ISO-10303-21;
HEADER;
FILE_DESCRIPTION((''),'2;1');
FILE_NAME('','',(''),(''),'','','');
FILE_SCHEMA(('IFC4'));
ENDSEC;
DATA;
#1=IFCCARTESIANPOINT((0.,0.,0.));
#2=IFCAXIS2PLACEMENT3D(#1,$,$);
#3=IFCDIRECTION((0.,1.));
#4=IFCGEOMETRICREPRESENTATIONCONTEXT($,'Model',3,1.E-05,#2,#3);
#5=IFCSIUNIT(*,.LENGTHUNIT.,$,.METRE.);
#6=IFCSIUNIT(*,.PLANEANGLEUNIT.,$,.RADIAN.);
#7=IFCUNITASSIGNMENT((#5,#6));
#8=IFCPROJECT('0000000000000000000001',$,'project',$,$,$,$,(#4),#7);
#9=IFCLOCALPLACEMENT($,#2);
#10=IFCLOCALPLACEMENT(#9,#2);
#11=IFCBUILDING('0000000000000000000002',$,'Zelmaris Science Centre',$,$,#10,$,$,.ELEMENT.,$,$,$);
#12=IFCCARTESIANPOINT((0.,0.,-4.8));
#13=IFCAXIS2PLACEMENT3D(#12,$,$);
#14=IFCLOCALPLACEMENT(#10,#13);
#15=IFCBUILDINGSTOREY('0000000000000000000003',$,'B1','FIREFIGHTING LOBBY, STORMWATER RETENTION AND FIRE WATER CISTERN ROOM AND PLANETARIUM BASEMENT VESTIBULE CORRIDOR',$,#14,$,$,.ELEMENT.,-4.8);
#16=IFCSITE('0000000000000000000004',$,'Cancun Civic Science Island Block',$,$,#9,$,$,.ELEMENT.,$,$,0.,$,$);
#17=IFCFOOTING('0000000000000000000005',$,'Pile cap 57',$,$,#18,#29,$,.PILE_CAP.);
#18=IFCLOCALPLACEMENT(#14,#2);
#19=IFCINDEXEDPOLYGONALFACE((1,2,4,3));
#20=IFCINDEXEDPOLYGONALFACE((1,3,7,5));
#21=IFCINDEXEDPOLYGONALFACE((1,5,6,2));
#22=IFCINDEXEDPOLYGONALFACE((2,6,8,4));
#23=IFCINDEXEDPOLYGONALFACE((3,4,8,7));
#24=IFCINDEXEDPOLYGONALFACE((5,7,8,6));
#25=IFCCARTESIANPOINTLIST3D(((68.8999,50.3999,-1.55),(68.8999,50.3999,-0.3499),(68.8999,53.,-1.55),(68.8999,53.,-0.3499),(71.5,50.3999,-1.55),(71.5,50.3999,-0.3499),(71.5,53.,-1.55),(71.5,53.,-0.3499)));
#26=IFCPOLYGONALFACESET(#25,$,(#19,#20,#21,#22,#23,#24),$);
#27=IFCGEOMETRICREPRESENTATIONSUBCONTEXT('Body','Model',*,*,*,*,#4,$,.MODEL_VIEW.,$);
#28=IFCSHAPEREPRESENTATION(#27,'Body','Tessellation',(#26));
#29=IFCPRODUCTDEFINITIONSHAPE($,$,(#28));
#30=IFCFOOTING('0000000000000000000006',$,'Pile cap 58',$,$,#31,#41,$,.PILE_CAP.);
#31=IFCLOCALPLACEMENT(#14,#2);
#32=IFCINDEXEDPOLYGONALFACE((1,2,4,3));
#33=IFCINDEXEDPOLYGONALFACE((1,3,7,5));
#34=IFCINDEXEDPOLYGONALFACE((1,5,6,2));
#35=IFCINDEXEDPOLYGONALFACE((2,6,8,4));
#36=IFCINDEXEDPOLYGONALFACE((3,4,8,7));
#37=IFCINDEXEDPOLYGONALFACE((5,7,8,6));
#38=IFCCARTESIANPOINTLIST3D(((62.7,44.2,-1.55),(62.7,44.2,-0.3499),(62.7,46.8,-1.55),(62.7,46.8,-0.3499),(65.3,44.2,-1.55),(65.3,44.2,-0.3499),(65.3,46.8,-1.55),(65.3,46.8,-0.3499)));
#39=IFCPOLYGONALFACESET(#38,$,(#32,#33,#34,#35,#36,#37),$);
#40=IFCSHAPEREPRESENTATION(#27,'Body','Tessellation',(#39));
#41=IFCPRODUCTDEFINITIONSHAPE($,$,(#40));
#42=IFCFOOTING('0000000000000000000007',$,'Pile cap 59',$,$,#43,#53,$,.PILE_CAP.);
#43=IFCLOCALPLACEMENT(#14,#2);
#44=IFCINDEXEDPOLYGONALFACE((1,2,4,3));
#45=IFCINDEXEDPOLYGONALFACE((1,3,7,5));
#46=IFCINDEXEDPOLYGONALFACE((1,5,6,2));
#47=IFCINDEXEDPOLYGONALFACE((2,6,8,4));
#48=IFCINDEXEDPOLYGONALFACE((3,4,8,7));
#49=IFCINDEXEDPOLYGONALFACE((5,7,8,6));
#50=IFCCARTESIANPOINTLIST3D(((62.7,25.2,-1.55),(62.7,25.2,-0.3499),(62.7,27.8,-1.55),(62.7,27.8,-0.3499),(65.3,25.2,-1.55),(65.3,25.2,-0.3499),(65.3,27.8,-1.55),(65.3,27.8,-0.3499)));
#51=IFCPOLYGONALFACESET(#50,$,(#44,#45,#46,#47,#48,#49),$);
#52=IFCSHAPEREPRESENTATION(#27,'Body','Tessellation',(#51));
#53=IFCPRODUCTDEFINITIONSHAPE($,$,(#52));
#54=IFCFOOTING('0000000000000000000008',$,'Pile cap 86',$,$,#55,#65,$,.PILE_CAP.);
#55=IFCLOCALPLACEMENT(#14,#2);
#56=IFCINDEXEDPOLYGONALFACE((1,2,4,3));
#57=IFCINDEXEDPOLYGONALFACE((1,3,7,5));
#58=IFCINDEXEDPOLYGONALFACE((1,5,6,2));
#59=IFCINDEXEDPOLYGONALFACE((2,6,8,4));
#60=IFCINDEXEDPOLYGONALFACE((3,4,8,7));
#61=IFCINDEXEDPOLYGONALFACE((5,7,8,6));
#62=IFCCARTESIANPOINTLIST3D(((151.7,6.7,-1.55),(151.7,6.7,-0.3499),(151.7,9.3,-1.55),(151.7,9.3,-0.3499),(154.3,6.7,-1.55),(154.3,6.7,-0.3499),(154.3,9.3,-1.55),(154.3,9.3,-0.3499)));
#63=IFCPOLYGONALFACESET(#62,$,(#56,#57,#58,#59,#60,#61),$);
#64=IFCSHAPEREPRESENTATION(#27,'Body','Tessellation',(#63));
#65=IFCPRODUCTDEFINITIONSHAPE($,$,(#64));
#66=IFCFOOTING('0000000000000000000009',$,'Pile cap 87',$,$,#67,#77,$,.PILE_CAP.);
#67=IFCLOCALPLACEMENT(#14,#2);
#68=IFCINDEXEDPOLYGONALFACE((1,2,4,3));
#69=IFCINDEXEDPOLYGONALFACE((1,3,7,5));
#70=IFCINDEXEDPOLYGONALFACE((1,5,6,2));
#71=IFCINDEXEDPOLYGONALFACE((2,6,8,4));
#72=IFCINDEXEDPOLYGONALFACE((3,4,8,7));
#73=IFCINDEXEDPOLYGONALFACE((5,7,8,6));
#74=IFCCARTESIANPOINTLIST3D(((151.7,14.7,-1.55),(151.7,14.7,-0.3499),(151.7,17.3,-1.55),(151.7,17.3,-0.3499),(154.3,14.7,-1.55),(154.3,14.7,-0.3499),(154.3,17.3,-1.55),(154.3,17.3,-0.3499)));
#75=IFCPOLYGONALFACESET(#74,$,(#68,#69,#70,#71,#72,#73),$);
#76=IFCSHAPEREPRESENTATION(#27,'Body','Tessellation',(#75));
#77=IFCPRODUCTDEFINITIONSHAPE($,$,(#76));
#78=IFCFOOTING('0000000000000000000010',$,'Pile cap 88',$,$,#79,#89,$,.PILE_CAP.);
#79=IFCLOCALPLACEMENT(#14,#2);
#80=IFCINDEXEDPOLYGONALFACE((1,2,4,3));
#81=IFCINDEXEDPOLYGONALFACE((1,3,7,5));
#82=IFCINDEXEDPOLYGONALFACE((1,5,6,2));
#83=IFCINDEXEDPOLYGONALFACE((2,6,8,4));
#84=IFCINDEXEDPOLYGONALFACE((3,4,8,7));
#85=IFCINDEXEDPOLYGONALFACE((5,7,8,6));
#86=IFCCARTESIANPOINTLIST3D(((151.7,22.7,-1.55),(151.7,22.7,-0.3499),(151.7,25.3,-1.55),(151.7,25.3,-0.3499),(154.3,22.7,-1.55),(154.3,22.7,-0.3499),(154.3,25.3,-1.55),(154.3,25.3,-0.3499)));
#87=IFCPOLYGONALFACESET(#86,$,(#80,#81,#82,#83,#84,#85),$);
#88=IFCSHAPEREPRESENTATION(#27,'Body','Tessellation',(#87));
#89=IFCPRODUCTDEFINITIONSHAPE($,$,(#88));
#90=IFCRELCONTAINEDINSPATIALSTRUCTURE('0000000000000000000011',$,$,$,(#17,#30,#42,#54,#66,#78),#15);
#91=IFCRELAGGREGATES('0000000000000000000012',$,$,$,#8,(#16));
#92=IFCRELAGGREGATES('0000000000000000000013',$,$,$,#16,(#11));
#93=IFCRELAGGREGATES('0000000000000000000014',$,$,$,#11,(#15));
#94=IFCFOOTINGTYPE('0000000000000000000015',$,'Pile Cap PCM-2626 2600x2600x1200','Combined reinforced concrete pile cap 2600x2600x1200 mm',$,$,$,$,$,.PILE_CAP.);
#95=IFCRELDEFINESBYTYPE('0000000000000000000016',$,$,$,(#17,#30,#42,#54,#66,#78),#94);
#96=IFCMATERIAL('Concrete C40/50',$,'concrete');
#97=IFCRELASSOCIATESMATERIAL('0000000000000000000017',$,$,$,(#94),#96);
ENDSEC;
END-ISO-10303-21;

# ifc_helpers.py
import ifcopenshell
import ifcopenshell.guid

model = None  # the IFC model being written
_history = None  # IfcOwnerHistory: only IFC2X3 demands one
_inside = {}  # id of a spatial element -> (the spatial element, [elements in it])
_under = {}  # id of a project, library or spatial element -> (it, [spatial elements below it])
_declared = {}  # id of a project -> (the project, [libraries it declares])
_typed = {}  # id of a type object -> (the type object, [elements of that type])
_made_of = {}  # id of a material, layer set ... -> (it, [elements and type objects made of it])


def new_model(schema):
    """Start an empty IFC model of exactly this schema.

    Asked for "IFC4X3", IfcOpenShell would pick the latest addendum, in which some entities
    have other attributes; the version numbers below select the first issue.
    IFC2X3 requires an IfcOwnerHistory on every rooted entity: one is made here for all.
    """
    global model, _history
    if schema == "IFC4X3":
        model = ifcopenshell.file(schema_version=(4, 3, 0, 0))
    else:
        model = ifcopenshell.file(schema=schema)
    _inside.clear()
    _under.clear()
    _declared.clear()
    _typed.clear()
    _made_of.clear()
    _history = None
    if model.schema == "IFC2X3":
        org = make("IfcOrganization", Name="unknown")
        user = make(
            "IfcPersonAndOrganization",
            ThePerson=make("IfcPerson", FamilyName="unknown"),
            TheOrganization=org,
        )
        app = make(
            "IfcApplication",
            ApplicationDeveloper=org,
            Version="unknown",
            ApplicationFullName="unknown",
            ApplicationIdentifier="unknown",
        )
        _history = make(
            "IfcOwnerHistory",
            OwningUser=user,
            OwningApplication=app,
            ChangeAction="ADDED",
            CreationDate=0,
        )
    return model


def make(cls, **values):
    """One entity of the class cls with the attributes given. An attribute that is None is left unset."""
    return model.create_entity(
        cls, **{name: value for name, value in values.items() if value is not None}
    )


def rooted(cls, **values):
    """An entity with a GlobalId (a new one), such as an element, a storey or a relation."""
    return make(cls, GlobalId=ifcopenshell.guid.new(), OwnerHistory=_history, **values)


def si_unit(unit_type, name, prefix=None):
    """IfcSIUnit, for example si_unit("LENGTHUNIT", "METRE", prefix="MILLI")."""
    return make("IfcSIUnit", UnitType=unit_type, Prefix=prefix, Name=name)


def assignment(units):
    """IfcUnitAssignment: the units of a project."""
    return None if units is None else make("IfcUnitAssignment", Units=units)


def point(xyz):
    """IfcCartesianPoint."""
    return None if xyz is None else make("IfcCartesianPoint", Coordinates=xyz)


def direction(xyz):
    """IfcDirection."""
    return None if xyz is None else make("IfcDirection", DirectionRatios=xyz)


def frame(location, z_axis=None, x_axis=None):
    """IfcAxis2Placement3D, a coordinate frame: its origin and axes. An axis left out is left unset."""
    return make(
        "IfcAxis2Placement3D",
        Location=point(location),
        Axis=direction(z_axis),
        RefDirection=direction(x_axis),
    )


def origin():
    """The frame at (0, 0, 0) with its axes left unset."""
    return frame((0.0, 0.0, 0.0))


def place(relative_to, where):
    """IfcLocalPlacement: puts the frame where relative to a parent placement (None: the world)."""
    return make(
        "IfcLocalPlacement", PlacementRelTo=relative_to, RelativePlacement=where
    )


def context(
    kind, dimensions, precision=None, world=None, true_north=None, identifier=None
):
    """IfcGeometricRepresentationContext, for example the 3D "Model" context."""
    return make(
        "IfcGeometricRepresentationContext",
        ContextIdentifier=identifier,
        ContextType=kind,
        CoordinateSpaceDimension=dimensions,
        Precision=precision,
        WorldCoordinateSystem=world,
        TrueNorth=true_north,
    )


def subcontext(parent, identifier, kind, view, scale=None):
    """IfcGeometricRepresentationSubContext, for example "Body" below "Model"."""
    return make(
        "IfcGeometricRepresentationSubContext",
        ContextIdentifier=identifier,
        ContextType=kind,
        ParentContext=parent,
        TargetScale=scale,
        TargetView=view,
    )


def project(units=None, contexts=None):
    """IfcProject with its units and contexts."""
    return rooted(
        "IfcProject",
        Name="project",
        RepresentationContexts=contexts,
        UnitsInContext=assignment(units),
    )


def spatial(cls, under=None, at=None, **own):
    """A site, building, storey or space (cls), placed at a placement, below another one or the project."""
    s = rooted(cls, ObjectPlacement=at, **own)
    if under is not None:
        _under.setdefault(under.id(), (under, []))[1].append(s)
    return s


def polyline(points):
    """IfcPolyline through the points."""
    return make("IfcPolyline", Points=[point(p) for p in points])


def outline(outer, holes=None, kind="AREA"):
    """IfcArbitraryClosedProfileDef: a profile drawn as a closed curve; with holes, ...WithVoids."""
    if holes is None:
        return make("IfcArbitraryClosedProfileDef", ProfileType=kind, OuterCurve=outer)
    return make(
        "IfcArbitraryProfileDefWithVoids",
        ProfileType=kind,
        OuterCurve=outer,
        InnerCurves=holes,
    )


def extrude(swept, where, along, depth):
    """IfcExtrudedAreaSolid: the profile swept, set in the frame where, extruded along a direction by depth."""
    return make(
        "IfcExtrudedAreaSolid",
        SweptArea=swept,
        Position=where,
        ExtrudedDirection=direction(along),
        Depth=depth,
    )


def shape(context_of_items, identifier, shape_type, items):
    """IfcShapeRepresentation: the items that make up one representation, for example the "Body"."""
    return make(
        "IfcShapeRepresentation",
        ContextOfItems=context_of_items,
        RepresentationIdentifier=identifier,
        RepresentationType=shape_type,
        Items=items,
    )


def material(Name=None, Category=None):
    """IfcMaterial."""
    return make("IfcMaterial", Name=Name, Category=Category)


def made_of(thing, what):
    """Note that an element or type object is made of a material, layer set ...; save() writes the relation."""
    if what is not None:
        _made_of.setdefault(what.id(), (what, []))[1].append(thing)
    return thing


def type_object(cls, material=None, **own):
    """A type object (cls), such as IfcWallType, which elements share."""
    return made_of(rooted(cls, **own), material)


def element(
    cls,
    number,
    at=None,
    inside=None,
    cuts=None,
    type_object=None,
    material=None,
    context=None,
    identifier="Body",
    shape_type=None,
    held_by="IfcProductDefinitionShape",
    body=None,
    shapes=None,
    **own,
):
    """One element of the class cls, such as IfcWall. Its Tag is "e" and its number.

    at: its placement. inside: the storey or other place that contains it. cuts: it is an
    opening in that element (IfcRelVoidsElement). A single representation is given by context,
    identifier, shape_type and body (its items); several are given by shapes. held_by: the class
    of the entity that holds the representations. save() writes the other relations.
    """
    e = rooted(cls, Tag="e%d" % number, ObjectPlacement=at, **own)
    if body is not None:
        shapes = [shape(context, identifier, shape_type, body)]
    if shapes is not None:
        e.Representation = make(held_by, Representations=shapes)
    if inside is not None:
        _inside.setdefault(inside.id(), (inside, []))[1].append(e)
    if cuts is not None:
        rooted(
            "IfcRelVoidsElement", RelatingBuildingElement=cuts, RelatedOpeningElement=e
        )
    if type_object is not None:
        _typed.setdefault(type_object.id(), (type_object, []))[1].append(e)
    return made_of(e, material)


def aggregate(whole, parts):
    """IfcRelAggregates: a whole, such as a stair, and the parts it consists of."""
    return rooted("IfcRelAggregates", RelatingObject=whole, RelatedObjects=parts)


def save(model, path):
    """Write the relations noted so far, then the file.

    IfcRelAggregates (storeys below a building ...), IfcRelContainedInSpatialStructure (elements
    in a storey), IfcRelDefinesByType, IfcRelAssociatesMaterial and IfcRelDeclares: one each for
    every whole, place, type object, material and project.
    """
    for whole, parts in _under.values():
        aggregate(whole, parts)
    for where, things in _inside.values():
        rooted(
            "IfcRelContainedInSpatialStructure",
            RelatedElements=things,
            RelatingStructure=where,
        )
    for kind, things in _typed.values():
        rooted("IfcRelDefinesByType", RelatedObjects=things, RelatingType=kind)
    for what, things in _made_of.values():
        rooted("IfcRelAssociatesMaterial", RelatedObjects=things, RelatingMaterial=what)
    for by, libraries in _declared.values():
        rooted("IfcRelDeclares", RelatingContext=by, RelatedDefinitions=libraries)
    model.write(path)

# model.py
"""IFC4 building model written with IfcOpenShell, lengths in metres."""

from ifc_helpers import new_model, si_unit, direction, frame, origin, place, context, subcontext, project, spatial, polyline, outline, extrude, material, type_object, element, save


model = new_model("IFC4")

# Units and contexts
model_context = context("Model", 3, precision=1e-05, world=origin(), true_north=direction((0.0, 1.0)))
body_context = subcontext(model_context, "Body", "Model", "MODEL_VIEW")
ifc_project = project(units=[si_unit("LENGTHUNIT", "METRE"), si_unit("PLANEANGLEUNIT", "RADIAN")], contexts=[model_context])

# Site, building, storey
site_placement = place(None, origin())
site = spatial("IfcSite", under=ifc_project, at=site_placement, Name="Cancun Civic Science Island Block", CompositionType="ELEMENT", RefElevation=0.0)
building_placement = place(site_placement, origin())
building = spatial("IfcBuilding", under=site, at=building_placement, Name="Zelmaris Science Centre", CompositionType="ELEMENT")
storey_placement = place(building_placement, frame((0.0, 0.0, -4.8)))
storey = spatial("IfcBuildingStorey", under=building, at=storey_placement, Name="B1", Description="FIREFIGHTING LOBBY, STORMWATER RETENTION AND FIRE WATER CISTERN ROOM AND PLANETARIUM BASEMENT VESTIBULE CORRIDOR", CompositionType="ELEMENT", Elevation=-4.8)

# Footings
ifc_material = material(Name="Concrete C40/50", Category="concrete")
footing_type = type_object("IfcFootingType", Name="Pile Cap PCM-2626 2600x2600x1200", Description="Combined reinforced concrete pile cap 2600x2600x1200 mm", PredefinedType="PILE_CAP", material=ifc_material)
footing_1_placement = place(storey_placement, frame((0.0, 0.0, -1.55)))
element("IfcFooting", 1, at=footing_1_placement, inside=storey, type_object=footing_type, Name="Pile cap 57", PredefinedType="PILE_CAP", context=body_context, shape_type="SweptSolid", body=[
    extrude(outline(polyline([(68.8999, 50.3999), (71.5, 50.3999), (71.5, 53.0), (68.8999, 53.0), (68.8999, 50.3999)])), origin(), (0.0, 0.0, 1.0), 1.2002),
])
footing_2_placement = place(storey_placement, frame((0.0, 0.0, -1.55)))
element("IfcFooting", 2, at=footing_2_placement, inside=storey, type_object=footing_type, Name="Pile cap 58", PredefinedType="PILE_CAP", context=body_context, shape_type="SweptSolid", body=[
    extrude(outline(polyline([(62.7, 44.2), (65.3, 44.2), (65.3, 46.8), (62.7, 46.8), (62.7, 44.2)])), origin(), (0.0, 0.0, 1.0), 1.2002),
])
footing_3_placement = place(storey_placement, frame((0.0, 0.0, -1.55)))
element("IfcFooting", 3, at=footing_3_placement, inside=storey, type_object=footing_type, Name="Pile cap 59", PredefinedType="PILE_CAP", context=body_context, shape_type="SweptSolid", body=[
    extrude(outline(polyline([(62.7, 25.2), (65.3, 25.2), (65.3, 27.8), (62.7, 27.8), (62.7, 25.2)])), origin(), (0.0, 0.0, 1.0), 1.2002),
])
footing_4_placement = place(storey_placement, frame((0.0, 0.0, -1.55)))
element("IfcFooting", 4, at=footing_4_placement, inside=storey, type_object=footing_type, Name="Pile cap 86", PredefinedType="PILE_CAP", context=body_context, shape_type="SweptSolid", body=[
    extrude(outline(polyline([(151.7, 6.7), (154.3, 6.7), (154.3, 9.3), (151.7, 9.3), (151.7, 6.7)])), origin(), (0.0, 0.0, 1.0), 1.2002),
])
footing_5_placement = place(storey_placement, frame((0.0, 0.0, -1.55)))
element("IfcFooting", 5, at=footing_5_placement, inside=storey, type_object=footing_type, Name="Pile cap 87", PredefinedType="PILE_CAP", context=body_context, shape_type="SweptSolid", body=[
    extrude(outline(polyline([(151.7, 14.7), (154.3, 14.7), (154.3, 17.3), (151.7, 17.3), (151.7, 14.7)])), origin(), (0.0, 0.0, 1.0), 1.2002),
])
footing_6_placement = place(storey_placement, frame((0.0, 0.0, -1.55)))
element("IfcFooting", 6, at=footing_6_placement, inside=storey, type_object=footing_type, Name="Pile cap 88", PredefinedType="PILE_CAP", context=body_context, shape_type="SweptSolid", body=[
    extrude(outline(polyline([(151.7, 22.7), (154.3, 22.7), (154.3, 25.3), (151.7, 25.3), (151.7, 22.7)])), origin(), (0.0, 0.0, 1.0), 1.2002),
])

save(model, "model.ifc")
